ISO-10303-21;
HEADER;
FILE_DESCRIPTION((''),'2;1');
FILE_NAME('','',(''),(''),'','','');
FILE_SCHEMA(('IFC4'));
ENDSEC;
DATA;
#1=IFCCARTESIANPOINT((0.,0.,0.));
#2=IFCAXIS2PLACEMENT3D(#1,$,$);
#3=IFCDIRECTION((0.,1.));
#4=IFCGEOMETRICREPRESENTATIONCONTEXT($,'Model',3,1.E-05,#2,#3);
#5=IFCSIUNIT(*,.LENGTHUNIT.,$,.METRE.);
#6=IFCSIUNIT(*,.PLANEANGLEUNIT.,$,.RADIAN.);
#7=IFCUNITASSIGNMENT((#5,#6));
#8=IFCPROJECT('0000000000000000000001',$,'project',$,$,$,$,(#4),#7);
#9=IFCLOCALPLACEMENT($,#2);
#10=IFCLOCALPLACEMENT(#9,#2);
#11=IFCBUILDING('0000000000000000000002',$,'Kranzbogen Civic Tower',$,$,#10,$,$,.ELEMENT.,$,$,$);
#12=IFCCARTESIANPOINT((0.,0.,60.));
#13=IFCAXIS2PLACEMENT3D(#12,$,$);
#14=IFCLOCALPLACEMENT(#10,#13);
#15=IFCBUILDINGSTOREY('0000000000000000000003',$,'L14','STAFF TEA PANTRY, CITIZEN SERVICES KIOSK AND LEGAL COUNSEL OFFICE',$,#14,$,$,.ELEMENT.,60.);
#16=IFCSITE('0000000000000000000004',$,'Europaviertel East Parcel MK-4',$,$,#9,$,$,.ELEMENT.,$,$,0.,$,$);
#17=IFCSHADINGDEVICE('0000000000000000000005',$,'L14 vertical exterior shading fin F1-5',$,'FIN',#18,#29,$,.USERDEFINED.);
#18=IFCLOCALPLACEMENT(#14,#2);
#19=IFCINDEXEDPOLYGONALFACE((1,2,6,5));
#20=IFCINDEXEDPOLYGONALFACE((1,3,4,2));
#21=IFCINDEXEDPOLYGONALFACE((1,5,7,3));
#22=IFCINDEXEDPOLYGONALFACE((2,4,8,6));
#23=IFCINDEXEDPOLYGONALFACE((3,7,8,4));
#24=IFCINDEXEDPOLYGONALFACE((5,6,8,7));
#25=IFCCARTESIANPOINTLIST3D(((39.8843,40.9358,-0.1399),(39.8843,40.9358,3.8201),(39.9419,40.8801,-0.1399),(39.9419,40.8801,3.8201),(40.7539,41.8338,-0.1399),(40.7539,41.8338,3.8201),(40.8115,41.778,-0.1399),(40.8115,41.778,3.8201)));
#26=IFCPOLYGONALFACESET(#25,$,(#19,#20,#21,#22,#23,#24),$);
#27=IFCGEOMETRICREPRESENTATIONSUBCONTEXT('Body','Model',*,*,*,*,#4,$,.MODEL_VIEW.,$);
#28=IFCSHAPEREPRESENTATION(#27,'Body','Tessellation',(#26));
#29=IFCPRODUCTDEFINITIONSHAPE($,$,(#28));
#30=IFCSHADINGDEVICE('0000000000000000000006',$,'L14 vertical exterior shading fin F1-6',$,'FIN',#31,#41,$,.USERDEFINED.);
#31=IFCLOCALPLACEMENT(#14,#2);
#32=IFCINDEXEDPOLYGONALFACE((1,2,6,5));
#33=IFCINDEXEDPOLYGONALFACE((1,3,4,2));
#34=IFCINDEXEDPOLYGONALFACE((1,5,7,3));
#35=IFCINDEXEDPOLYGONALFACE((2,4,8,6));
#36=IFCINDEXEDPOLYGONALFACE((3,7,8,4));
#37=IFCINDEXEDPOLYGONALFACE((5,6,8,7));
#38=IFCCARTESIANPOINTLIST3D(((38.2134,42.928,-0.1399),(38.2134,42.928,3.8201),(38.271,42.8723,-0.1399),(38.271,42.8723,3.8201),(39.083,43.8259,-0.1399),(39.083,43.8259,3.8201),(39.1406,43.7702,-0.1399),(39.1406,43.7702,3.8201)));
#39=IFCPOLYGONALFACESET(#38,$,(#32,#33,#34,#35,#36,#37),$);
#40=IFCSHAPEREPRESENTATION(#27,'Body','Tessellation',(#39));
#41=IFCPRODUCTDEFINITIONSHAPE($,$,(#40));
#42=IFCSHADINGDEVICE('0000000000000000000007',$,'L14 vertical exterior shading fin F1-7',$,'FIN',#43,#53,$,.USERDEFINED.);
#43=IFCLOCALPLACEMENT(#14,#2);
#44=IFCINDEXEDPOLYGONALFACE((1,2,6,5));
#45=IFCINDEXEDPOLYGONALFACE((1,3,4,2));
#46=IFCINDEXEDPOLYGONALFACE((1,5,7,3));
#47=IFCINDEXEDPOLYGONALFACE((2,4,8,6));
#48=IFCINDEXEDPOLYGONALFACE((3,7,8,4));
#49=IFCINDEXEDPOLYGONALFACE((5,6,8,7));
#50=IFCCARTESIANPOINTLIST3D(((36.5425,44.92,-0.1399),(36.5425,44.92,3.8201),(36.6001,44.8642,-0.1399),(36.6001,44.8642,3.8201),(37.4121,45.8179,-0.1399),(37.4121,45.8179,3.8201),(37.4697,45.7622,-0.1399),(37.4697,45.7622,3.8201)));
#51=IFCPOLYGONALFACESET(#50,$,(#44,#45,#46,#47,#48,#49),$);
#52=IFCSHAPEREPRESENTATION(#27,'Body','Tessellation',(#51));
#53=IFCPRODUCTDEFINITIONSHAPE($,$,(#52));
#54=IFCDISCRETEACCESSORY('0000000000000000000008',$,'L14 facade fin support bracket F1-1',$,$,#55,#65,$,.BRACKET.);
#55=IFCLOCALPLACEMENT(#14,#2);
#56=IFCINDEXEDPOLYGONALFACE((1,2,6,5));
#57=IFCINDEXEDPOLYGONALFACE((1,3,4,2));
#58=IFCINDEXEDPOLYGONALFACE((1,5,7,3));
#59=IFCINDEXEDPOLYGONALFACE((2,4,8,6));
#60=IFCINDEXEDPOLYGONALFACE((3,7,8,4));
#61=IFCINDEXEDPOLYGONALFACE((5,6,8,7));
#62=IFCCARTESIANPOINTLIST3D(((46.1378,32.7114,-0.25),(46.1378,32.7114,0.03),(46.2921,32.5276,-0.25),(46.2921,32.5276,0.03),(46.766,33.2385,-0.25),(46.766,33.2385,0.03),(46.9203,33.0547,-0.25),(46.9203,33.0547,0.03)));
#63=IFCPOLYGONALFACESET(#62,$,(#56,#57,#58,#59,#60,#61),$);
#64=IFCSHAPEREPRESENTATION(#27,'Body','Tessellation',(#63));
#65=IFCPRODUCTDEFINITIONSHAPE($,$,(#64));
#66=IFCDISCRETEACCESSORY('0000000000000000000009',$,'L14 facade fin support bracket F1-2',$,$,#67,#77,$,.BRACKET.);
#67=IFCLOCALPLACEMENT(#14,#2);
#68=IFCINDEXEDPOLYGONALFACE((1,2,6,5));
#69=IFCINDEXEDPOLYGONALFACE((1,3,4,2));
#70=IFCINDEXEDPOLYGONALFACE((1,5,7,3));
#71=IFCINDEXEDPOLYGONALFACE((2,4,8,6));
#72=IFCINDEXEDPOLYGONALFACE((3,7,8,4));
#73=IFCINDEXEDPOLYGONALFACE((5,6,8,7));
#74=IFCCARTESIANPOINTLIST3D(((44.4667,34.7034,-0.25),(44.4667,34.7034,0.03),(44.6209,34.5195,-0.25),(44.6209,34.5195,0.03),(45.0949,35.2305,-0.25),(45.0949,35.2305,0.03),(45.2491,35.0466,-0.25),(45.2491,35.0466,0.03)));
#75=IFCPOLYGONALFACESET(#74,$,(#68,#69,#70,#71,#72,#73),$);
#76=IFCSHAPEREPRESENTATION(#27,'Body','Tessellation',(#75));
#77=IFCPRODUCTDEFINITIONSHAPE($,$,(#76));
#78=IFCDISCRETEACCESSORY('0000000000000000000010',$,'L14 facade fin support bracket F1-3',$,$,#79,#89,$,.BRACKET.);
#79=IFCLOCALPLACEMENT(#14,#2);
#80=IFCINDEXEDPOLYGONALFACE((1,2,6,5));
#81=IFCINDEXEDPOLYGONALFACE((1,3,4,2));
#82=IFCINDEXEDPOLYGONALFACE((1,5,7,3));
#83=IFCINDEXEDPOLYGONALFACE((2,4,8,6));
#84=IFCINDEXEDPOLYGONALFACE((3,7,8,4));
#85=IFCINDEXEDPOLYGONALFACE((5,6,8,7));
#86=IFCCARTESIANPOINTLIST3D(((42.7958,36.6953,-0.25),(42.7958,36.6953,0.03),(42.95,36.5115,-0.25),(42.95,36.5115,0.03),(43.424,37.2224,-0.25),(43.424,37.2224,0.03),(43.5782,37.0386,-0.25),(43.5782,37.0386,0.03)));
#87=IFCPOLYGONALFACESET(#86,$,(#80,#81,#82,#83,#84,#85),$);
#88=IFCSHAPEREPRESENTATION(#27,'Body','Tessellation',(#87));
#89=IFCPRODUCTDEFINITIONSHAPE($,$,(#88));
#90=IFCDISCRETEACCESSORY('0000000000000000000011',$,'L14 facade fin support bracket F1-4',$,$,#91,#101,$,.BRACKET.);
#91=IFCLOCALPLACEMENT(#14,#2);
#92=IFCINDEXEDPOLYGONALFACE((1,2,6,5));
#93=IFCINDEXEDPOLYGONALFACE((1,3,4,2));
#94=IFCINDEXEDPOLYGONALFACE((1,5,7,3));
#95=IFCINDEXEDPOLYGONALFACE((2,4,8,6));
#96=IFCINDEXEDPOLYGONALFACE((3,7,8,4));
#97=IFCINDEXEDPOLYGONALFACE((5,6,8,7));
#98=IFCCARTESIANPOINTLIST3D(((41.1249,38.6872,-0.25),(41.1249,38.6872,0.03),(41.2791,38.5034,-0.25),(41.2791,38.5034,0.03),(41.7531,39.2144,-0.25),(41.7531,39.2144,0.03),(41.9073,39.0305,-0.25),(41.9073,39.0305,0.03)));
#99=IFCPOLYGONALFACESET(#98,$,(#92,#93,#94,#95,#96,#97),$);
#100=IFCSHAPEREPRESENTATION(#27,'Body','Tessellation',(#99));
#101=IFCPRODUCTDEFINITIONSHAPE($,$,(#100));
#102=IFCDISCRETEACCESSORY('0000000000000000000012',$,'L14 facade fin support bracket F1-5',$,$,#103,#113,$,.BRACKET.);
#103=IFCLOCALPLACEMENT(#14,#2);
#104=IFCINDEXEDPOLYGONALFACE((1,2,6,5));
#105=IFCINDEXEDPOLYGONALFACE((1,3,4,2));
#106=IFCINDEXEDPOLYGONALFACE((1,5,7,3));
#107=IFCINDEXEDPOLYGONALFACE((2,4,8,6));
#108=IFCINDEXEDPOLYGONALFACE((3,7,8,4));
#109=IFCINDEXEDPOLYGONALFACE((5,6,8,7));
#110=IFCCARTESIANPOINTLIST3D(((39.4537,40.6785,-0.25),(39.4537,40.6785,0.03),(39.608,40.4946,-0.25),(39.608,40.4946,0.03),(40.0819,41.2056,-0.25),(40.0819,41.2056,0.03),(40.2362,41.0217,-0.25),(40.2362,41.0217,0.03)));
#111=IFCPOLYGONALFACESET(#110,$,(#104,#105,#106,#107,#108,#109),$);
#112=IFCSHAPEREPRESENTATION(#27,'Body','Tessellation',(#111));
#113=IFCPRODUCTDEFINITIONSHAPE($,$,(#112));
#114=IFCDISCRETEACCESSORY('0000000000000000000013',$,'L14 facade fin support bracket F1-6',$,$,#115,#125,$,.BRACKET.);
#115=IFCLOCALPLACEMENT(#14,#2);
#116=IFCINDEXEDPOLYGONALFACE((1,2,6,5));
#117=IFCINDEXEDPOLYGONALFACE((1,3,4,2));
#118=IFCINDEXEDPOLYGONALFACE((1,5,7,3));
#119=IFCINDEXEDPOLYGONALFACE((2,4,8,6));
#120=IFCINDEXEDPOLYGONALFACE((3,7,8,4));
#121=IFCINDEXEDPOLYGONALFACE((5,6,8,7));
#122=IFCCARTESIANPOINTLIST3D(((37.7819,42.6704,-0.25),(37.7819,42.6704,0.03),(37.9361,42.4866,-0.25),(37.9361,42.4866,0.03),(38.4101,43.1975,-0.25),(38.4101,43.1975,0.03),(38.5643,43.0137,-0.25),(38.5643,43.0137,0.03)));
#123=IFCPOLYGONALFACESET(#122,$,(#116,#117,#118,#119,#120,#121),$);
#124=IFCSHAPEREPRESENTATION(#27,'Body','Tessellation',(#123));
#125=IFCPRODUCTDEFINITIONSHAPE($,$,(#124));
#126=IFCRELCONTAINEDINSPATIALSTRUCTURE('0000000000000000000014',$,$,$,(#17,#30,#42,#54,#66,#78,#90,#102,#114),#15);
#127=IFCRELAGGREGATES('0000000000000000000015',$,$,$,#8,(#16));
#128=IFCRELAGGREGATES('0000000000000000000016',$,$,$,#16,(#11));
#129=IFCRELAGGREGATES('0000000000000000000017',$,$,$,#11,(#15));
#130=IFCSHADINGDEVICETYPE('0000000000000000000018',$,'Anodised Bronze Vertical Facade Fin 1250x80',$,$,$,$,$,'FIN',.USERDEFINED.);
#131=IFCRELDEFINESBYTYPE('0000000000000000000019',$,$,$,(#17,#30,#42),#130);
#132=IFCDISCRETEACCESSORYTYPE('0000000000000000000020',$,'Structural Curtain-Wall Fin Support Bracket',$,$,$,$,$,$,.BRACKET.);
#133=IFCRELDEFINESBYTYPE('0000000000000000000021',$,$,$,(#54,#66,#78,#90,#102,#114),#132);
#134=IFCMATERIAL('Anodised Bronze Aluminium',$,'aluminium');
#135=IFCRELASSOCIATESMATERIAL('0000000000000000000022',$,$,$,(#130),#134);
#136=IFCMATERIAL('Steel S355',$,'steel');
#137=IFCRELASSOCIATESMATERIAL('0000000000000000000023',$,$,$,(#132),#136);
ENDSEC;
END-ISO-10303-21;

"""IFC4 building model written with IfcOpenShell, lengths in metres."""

from ifc_helpers import new_model, si_unit, direction, frame, origin, origin_2d, place, context, subcontext, project, spatial, rectangle, extrude, material, type_object, element, save


model = new_model("IFC4")

# Units and contexts
model_context = context("Model", 3, precision=1e-05, world=origin(), true_north=direction((0.0, 1.0)))
body_context = subcontext(model_context, "Body", "Model", "MODEL_VIEW")
ifc_project = project(units=[si_unit("LENGTHUNIT", "METRE"), si_unit("PLANEANGLEUNIT", "RADIAN")], contexts=[model_context])

# Site, building, storey
site_placement = place(None, origin())
site = spatial("IfcSite", under=ifc_project, at=site_placement, Name="Europaviertel East Parcel MK-4", CompositionType="ELEMENT", RefElevation=0.0)
building_placement = place(site_placement, origin())
building = spatial("IfcBuilding", under=site, at=building_placement, Name="Kranzbogen Civic Tower", CompositionType="ELEMENT")
storey_placement = place(building_placement, frame((0.0, 0.0, 60.0)))
storey = spatial("IfcBuildingStorey", under=building, at=storey_placement, Name="L14", Description="STAFF TEA PANTRY, CITIZEN SERVICES KIOSK AND LEGAL COUNSEL OFFICE", CompositionType="ELEMENT", Elevation=60.0)

# Shared definitions
ifc_material_1 = material(Name="Steel S355", Category="steel")

# Shading devices
ifc_material_2 = material(Name="Anodised Bronze Aluminium", Category="aluminium")
shading_device_type = type_object("IfcShadingDeviceType", Name="Anodised Bronze Vertical Facade Fin 1250x80", ElementType="FIN", PredefinedType="USERDEFINED", material=ifc_material_2)
for number, where, z_axis, x_axis, name in (
    (1, (40.3479, 41.3569, -0.1399), (0.0, 0.0, 1.0), (0.695687, 0.718345, 0.0), "L14 vertical exterior shading fin F1-5"),
    (2, (38.677, 43.3491, -0.1399), (0.0, 0.0, 1.0), (0.695687, 0.718345, 0.0), "L14 vertical exterior shading fin F1-6"),
    (3, (37.0061, 45.3411, -0.1399), (0.0, 0.0, 1.0), (0.695687, 0.718345, 0.0), "L14 vertical exterior shading fin F1-7"),
):
    element("IfcShadingDevice", number, at=place(storey_placement, frame(where, z_axis=z_axis, x_axis=x_axis)), inside=storey, type_object=shading_device_type, Name=name, ObjectType="FIN", PredefinedType="USERDEFINED", context=body_context, shape_type="SweptSolid", body=[
        extrude(rectangle(XDim=1.25, YDim=0.0801, at=origin_2d()), origin(), (0.0, 0.0, 1.0), 3.96),
    ])

# Discrete accessories
discrete_accessory_type = type_object("IfcDiscreteAccessoryType", Name="Structural Curtain-Wall Fin Support Bracket", PredefinedType="BRACKET", material=ifc_material_1)
for number, where, z_axis, x_axis, name in (
    (4, (46.5291, 32.8831, -0.25), (0.0, 0.0, 1.0), (0.766044, 0.642788, 0.0), "L14 facade fin support bracket F1-1"),
    (5, (44.8579, 34.875, -0.25), (0.0, 0.0, 1.0), (0.766044, 0.642788, 0.0), "L14 facade fin support bracket F1-2"),
    (6, (43.187, 36.8669, -0.25), (0.0, 0.0, 1.0), (0.766044, 0.642788, 0.0), "L14 facade fin support bracket F1-3"),
    (7, (41.5161, 38.8589, -0.25), (0.0, 0.0, 1.0), (0.766044, 0.642788, 0.0), "L14 facade fin support bracket F1-4"),
    (8, (39.845, 40.8501, -0.25), (0.0, 0.0, 1.0), (0.766044, 0.642788, 0.0), "L14 facade fin support bracket F1-5"),
    (9, (38.1731, 42.842, -0.25), (0.0, 0.0, 1.0), (0.766044, 0.642788, 0.0), "L14 facade fin support bracket F1-6"),
):
    element("IfcDiscreteAccessory", number, at=place(storey_placement, frame(where, z_axis=z_axis, x_axis=x_axis)), inside=storey, type_object=discrete_accessory_type, Name=name, PredefinedType="BRACKET", context=body_context, shape_type="SweptSolid", body=[
        extrude(rectangle(XDim=0.8201, YDim=0.24, at=origin_2d()), origin(), (0.0, 0.0, 1.0), 0.28),
    ])

save(model, "model.ifc")
